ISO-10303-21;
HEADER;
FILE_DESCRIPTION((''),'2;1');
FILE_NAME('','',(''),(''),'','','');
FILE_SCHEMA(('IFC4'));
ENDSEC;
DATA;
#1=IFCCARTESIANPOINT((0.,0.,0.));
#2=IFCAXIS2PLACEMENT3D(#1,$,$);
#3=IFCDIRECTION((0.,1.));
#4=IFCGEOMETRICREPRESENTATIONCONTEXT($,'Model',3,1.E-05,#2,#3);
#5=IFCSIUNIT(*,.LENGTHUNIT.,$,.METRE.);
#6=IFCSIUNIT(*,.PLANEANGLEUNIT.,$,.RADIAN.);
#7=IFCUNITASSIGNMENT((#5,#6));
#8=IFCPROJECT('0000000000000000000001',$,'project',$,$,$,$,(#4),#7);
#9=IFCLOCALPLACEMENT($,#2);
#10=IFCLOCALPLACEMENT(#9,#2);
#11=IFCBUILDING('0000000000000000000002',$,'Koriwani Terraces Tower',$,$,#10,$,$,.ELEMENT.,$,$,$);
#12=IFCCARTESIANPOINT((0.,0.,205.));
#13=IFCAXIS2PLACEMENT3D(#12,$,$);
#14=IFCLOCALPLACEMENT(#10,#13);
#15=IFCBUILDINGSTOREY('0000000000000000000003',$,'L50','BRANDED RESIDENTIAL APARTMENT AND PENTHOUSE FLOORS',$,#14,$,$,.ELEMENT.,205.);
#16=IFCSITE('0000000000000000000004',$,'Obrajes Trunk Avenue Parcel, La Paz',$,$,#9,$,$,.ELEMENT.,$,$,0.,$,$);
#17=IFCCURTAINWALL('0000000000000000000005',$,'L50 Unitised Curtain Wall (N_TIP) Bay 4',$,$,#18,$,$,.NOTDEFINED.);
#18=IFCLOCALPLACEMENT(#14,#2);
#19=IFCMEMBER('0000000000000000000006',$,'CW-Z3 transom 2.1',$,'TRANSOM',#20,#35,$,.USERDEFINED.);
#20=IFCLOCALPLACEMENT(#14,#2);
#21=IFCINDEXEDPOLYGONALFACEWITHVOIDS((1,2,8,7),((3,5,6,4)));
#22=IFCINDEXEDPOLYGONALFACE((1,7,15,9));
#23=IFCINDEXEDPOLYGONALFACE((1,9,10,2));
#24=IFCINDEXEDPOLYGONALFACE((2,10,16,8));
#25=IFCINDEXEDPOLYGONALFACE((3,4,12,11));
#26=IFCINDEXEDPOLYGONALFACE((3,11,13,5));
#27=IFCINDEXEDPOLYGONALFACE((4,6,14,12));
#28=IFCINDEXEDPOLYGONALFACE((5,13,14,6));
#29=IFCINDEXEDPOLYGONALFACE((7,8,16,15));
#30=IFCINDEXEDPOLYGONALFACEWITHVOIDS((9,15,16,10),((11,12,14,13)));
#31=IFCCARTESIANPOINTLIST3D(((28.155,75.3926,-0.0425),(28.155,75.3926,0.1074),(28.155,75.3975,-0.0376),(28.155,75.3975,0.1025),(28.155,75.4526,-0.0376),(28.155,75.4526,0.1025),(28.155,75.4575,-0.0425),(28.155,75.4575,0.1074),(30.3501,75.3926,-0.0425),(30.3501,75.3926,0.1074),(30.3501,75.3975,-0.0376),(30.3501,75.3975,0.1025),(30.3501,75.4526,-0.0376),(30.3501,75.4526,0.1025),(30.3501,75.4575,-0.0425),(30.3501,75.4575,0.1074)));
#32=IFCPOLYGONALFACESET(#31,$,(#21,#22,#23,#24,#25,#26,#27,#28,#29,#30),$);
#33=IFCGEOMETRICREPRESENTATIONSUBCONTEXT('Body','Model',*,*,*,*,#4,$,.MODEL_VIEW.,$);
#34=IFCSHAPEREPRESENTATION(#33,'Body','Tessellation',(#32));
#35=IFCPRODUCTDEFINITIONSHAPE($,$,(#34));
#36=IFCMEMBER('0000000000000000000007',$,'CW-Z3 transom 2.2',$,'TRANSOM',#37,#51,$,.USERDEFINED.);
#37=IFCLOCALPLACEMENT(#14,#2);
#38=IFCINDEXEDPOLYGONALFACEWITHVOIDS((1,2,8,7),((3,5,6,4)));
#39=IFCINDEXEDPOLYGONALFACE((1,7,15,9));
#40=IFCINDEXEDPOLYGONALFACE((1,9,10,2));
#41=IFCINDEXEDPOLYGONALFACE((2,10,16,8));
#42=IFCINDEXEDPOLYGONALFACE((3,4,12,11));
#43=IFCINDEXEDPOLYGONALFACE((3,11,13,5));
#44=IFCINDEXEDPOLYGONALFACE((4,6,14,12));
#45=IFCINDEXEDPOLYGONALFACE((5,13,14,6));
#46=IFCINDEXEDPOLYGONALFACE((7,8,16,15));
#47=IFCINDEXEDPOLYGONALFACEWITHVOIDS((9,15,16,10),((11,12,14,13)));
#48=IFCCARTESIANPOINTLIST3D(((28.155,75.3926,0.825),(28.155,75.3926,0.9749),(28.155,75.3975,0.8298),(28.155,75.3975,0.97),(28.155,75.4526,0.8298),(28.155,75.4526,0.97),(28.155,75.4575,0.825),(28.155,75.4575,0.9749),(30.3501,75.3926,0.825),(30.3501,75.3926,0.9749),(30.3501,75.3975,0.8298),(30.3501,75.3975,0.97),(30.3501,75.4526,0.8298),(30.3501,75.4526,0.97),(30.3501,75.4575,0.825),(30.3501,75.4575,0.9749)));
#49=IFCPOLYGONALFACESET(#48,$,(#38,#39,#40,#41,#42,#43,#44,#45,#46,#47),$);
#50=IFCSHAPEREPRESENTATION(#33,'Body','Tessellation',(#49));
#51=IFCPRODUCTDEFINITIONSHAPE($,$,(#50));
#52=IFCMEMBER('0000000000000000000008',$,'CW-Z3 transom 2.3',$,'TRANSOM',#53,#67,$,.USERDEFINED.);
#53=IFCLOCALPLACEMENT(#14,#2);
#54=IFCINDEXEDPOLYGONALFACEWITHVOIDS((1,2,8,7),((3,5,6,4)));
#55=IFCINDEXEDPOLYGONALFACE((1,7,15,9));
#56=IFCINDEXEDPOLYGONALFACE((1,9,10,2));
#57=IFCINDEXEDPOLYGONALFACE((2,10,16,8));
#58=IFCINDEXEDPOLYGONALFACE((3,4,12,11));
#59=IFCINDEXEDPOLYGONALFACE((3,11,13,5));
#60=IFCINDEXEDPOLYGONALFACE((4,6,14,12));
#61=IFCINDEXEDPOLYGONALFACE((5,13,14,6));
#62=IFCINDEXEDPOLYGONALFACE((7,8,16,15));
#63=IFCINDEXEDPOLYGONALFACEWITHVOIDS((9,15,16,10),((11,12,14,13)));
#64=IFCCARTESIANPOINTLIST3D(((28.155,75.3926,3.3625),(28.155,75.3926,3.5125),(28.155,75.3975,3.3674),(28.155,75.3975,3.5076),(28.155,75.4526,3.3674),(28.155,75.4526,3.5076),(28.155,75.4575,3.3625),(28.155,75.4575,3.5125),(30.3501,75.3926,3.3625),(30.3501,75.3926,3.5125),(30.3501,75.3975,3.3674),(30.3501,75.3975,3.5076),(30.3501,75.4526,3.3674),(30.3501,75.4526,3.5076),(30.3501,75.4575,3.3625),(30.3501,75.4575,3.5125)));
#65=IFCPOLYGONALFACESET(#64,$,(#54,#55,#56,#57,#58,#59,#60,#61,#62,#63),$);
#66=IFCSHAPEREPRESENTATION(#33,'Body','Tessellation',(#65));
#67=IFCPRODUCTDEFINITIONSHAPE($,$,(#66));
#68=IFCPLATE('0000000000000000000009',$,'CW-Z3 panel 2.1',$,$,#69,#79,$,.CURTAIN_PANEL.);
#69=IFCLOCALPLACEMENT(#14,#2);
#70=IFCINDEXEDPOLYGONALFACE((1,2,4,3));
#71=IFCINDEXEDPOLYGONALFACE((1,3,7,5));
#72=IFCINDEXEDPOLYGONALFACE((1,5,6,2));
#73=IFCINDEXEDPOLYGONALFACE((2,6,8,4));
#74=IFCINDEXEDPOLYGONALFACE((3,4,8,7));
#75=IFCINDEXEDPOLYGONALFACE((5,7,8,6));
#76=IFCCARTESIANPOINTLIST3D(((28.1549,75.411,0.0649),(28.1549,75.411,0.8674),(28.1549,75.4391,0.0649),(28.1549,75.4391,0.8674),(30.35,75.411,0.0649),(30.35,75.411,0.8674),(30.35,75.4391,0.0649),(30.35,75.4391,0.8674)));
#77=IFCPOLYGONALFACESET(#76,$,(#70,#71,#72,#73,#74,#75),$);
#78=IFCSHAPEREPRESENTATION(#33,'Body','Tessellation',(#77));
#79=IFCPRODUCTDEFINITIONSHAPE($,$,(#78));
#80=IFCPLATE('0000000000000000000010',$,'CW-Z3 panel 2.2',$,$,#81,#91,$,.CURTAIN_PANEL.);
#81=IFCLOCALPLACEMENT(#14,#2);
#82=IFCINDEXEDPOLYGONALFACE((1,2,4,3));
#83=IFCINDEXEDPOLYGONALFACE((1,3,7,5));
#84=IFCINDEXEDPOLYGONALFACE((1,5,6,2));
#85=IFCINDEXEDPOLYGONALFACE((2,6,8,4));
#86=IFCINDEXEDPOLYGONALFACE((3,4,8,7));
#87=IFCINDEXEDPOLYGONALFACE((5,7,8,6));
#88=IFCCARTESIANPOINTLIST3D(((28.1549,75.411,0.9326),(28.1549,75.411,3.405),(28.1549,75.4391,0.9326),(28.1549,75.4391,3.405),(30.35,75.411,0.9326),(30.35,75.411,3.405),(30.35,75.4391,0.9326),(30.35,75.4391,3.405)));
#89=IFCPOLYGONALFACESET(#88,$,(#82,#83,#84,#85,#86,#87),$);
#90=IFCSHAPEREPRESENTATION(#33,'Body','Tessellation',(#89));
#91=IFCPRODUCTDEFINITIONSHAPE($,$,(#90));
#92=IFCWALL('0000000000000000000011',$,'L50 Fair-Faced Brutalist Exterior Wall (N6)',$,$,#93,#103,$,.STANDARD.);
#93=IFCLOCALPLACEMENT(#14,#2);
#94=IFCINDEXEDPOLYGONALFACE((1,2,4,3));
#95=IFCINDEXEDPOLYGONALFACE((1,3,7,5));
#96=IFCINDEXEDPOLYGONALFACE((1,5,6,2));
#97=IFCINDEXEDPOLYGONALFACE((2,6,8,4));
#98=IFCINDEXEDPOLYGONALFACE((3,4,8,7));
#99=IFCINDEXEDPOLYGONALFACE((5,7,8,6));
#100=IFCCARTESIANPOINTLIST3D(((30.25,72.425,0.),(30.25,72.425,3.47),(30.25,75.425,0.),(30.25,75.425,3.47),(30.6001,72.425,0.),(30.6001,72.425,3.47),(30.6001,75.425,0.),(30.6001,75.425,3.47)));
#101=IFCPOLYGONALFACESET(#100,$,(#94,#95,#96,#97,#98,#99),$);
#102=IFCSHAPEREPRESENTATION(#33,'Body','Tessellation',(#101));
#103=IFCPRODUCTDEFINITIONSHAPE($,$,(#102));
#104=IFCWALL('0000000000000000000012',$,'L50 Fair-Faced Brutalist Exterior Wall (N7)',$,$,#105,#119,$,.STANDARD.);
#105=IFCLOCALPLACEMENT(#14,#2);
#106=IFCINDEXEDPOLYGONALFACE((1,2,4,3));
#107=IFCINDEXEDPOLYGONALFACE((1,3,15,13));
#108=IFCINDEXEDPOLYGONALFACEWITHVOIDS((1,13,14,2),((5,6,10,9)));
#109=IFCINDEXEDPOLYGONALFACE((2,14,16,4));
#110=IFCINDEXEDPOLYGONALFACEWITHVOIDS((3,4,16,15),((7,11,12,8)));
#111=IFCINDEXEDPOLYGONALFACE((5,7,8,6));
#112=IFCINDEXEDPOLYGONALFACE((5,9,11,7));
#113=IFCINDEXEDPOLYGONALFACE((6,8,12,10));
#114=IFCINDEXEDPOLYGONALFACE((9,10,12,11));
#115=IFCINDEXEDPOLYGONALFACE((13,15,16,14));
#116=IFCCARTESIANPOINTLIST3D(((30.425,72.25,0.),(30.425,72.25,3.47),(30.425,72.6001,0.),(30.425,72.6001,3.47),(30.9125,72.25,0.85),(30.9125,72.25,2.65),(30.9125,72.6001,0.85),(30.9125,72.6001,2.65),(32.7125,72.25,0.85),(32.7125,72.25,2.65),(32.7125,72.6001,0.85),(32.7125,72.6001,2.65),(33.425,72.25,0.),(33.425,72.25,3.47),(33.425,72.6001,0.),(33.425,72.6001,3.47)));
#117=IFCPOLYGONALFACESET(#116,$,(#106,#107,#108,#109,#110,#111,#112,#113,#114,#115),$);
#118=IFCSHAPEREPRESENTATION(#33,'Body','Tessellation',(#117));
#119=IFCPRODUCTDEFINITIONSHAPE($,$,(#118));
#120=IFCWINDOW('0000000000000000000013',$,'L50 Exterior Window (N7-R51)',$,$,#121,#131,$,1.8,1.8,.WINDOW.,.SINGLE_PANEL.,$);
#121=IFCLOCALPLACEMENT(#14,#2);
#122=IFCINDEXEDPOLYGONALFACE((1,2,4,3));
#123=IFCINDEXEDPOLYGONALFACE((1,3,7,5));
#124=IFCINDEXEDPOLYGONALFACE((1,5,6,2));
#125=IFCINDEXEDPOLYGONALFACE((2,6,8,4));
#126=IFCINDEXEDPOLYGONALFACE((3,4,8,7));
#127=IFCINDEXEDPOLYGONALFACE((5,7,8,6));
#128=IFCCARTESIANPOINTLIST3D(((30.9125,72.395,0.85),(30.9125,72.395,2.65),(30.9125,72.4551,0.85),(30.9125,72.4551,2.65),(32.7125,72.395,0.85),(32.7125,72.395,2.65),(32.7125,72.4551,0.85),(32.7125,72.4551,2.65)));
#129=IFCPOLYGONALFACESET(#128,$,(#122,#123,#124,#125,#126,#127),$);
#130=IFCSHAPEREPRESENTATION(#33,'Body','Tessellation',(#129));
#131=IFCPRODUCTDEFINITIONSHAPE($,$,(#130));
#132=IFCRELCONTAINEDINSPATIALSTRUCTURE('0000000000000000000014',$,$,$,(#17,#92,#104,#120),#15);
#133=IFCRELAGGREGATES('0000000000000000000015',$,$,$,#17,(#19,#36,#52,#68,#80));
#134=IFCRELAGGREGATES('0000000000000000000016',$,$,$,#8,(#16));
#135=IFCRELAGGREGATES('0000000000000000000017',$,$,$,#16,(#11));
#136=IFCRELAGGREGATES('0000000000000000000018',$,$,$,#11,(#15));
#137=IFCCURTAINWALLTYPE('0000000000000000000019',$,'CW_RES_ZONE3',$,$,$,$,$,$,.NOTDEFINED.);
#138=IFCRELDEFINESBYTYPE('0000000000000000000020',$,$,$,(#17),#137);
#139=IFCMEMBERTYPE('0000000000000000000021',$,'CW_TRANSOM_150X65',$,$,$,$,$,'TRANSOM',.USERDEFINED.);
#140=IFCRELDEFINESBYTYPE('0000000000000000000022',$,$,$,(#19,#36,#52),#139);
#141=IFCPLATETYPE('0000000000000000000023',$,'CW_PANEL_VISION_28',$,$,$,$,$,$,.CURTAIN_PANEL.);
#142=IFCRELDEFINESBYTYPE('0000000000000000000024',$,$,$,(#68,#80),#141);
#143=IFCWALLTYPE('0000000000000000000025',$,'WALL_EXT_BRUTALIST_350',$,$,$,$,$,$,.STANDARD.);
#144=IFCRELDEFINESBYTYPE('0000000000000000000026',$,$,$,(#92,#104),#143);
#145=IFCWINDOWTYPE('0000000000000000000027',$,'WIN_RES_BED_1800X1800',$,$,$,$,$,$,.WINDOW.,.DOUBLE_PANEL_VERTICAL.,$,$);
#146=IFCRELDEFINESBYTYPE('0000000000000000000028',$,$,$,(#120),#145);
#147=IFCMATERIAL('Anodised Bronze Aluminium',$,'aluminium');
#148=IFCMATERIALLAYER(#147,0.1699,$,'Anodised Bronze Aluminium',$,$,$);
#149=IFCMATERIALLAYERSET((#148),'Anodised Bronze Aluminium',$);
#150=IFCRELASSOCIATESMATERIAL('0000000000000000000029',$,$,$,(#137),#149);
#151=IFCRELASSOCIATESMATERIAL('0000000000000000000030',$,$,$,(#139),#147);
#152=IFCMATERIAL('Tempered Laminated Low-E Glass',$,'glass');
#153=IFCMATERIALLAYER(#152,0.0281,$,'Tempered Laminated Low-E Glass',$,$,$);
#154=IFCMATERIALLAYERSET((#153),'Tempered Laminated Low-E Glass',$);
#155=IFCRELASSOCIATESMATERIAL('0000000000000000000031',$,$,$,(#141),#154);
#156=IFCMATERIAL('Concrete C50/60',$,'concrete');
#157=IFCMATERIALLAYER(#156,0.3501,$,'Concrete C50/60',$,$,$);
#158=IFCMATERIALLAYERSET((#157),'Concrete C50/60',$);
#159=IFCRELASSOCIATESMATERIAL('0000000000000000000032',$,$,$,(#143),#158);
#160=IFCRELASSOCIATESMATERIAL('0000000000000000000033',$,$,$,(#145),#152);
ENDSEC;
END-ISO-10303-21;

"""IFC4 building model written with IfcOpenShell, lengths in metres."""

from ifc_helpers import new_model, si_unit, direction, frame, frame_2d, origin, origin_2d, place, context, subcontext, project, spatial, rectangle, hollow_rectangle, extrude, material, layer, layer_set, material_profile, profile_set, type_object, element, fill, aggregate, save


model = new_model("IFC4")

# Units and contexts
model_context = context("Model", 3, precision=1e-05, world=origin(), true_north=direction((0.0, 1.0)))
body_context = subcontext(model_context, "Body", "Model", "MODEL_VIEW")
ifc_project = project(units=[si_unit("LENGTHUNIT", "METRE"), si_unit("PLANEANGLEUNIT", "RADIAN")], contexts=[model_context])

# Site, building, storey
site_placement = place(None, origin())
site = spatial("IfcSite", under=ifc_project, at=site_placement, Name="Obrajes Trunk Avenue Parcel, La Paz", CompositionType="ELEMENT", RefElevation=0.0)
building_placement = place(site_placement, origin())
building = spatial("IfcBuilding", under=site, at=building_placement, Name="Koriwani Terraces Tower", CompositionType="ELEMENT")
storey_placement = place(building_placement, frame((0.0, 0.0, 205.0)))
storey = spatial("IfcBuildingStorey", under=building, at=storey_placement, Name="L50", Description="BRANDED RESIDENTIAL APARTMENT AND PENTHOUSE FLOORS", CompositionType="ELEMENT", Elevation=205.0)

# Shared definitions
ifc_material_1 = material(Name="Concrete C50/60", Category="concrete")

# Curtain wall, members, plates
ifc_material_2 = material(Name="Anodised Bronze Aluminium", Category="aluminium")
ifc_layer_1 = layer(ifc_material_2, 0.1699, Name="Anodised Bronze Aluminium")
ifc_layer_set_1 = layer_set([ifc_layer_1], Name="Anodised Bronze Aluminium")
curtain_wall_type = type_object("IfcCurtainWallType", Name="CW_RES_ZONE3", PredefinedType="NOTDEFINED", material=ifc_layer_set_1)
curtain_wall_placement = place(storey_placement, origin())
curtain_wall = element("IfcCurtainWall", 1, at=curtain_wall_placement, inside=storey, type_object=curtain_wall_type, Name="L50 Unitised Curtain Wall (N_TIP) Bay 4", PredefinedType="NOTDEFINED")
ifc_material_profile_1 = material_profile(ifc_material_2, hollow_rectangle(XDim=0.0649, YDim=0.1499, WallThickness=0.0049, at=origin_2d()), Name="Anodised Bronze Aluminium", Category="LoadBearing")
ifc_profile_set_1 = profile_set([ifc_material_profile_1], Name="Anodised Bronze Aluminium")
member_type_1 = type_object("IfcMemberType", Name="CW_TRANSOM_150X65", ElementType="TRANSOM", PredefinedType="USERDEFINED", material=ifc_profile_set_1)
member_1_placement = place(storey_placement, frame((28.155, 75.425, 0.0325), z_axis=(1.0, 0.0, 0.0), x_axis=(0.0, 1.0, 0.0)))
member_1 = element("IfcMember", 2, at=member_1_placement, type_object=member_type_1, Name="CW-Z3 transom 2.1", ObjectType="TRANSOM", PredefinedType="USERDEFINED", context=body_context, shape_type="SweptSolid", body=[
    extrude(hollow_rectangle(XDim=0.0649, YDim=0.1499, WallThickness=0.0049, at=origin_2d()), origin(), (0.0, 0.0, 1.0), 2.1951),
])
member_2_placement = place(storey_placement, frame((28.155, 75.425, 0.8999), z_axis=(1.0, 0.0, 0.0), x_axis=(0.0, 1.0, 0.0)))
member_2 = element("IfcMember", 3, at=member_2_placement, type_object=member_type_1, Name="CW-Z3 transom 2.2", ObjectType="TRANSOM", PredefinedType="USERDEFINED", context=body_context, shape_type="SweptSolid", body=[
    extrude(hollow_rectangle(XDim=0.0649, YDim=0.1499, WallThickness=0.0049, at=origin_2d()), origin(), (0.0, 0.0, 1.0), 2.1951),
])
member_3_placement = place(storey_placement, frame((28.155, 75.425, 3.4375), z_axis=(1.0, 0.0, 0.0), x_axis=(0.0, 1.0, 0.0)))
member_3 = element("IfcMember", 4, at=member_3_placement, type_object=member_type_1, Name="CW-Z3 transom 2.3", ObjectType="TRANSOM", PredefinedType="USERDEFINED", context=body_context, shape_type="SweptSolid", body=[
    extrude(hollow_rectangle(XDim=0.0649, YDim=0.1499, WallThickness=0.0049, at=origin_2d()), origin(), (0.0, 0.0, 1.0), 2.1951),
])
ifc_material_3 = material(Name="Tempered Laminated Low-E Glass", Category="glass")
ifc_layer_2 = layer(ifc_material_3, 0.0281, Name="Tempered Laminated Low-E Glass")
ifc_layer_set_2 = layer_set([ifc_layer_2], Name="Tempered Laminated Low-E Glass")
plate_type = type_object("IfcPlateType", Name="CW_PANEL_VISION_28", PredefinedType="CURTAIN_PANEL", material=ifc_layer_set_2)
plate_1_placement = place(storey_placement, frame((29.2524, 75.425, 0.0649), z_axis=(0.0, 0.0, 1.0), x_axis=(1.0, 0.0, 0.0)))
plate_1 = element("IfcPlate", 5, at=plate_1_placement, type_object=plate_type, Name="CW-Z3 panel 2.1", PredefinedType="CURTAIN_PANEL", context=body_context, shape_type="SweptSolid", body=[
    extrude(rectangle(XDim=2.1951, YDim=0.0281, at=origin_2d()), origin(), (0.0, 0.0, 1.0), 0.8025),
])
plate_2_placement = place(storey_placement, frame((29.2524, 75.425, 0.9326), z_axis=(0.0, 0.0, 1.0), x_axis=(1.0, 0.0, 0.0)))
plate_2 = element("IfcPlate", 6, at=plate_2_placement, type_object=plate_type, Name="CW-Z3 panel 2.2", PredefinedType="CURTAIN_PANEL", context=body_context, shape_type="SweptSolid", body=[
    extrude(rectangle(XDim=2.1951, YDim=0.0281, at=origin_2d()), origin(), (0.0, 0.0, 1.0), 2.4724),
])
aggregate(curtain_wall, [member_1, member_2, member_3, plate_1, plate_2])

# Wall
ifc_layer_3 = layer(ifc_material_1, 0.3501, Name="Concrete C50/60")
ifc_layer_set_3 = layer_set([ifc_layer_3], Name="Concrete C50/60")
wall_type = type_object("IfcWallType", Name="WALL_EXT_BRUTALIST_350", PredefinedType="STANDARD", material=ifc_layer_set_3)
wall_1_placement = place(storey_placement, frame((30.425, 75.425, 0.0), z_axis=(0.0, 0.0, 1.0), x_axis=(0.0, -1.0, 0.0)))
element("IfcWall", 7, at=wall_1_placement, inside=storey, type_object=wall_type, Name="L50 Fair-Faced Brutalist Exterior Wall (N6)", PredefinedType="STANDARD", context=body_context, shape_type="SweptSolid", body=[
    extrude(rectangle(XDim=3.0, YDim=0.3501, at=frame_2d((1.5, 0.0))), origin(), (0.0, 0.0, 1.0), 3.47),
])

# Wall, opening, window
wall_2_placement = place(storey_placement, frame((30.425, 72.425, 0.0), z_axis=(0.0, 0.0, 1.0), x_axis=(1.0, 0.0, 0.0)))
wall_2 = element("IfcWall", 8, at=wall_2_placement, inside=storey, type_object=wall_type, Name="L50 Fair-Faced Brutalist Exterior Wall (N7)", PredefinedType="STANDARD", context=body_context, shape_type="SweptSolid", body=[
    extrude(rectangle(XDim=3.0, YDim=0.3501, at=frame_2d((1.5, 0.0))), origin(), (0.0, 0.0, 1.0), 3.47),
])
opening_1_placement = place(wall_2_placement, frame((0.4875, 0.0, 0.8501)))
opening_1 = element("IfcOpeningElement", 9, at=opening_1_placement, cuts=wall_2, PredefinedType="OPENING", context=body_context, shape_type="SweptSolid", body=[
    extrude(rectangle(XDim=1.8, YDim=1.8, at=frame_2d((0.8999, 0.8999))), frame((0.0, 0.1851, 0.0), z_axis=(0.0, -1.0, 0.0), x_axis=(1.0, 0.0, 0.0)), (0.0, 0.0, 1.0), 0.3701),
])
window_type_1 = type_object("IfcWindowType", Name="WIN_RES_BED_1800X1800", PartitioningType="DOUBLE_PANEL_VERTICAL", PredefinedType="WINDOW", material=ifc_material_3)
window_1_placement = place(opening_1_placement, origin())
window_1 = element("IfcWindow", 10, at=window_1_placement, inside=storey, type_object=window_type_1, Name="L50 Exterior Window (N7-R51)", OverallHeight=1.8, OverallWidth=1.8, PartitioningType="SINGLE_PANEL", PredefinedType="WINDOW", context=body_context, shape_type="SweptSolid", body=[
    extrude(rectangle(XDim=1.8, YDim=1.8, at=frame_2d((0.8999, 0.8999))), frame((0.0, 0.03, 0.0), z_axis=(0.0, -1.0, 0.0), x_axis=(1.0, 0.0, 0.0)), (0.0, 0.0, 1.0), 0.0601),
])
fill(opening_1, window_1)

save(model, "model.ifc")
